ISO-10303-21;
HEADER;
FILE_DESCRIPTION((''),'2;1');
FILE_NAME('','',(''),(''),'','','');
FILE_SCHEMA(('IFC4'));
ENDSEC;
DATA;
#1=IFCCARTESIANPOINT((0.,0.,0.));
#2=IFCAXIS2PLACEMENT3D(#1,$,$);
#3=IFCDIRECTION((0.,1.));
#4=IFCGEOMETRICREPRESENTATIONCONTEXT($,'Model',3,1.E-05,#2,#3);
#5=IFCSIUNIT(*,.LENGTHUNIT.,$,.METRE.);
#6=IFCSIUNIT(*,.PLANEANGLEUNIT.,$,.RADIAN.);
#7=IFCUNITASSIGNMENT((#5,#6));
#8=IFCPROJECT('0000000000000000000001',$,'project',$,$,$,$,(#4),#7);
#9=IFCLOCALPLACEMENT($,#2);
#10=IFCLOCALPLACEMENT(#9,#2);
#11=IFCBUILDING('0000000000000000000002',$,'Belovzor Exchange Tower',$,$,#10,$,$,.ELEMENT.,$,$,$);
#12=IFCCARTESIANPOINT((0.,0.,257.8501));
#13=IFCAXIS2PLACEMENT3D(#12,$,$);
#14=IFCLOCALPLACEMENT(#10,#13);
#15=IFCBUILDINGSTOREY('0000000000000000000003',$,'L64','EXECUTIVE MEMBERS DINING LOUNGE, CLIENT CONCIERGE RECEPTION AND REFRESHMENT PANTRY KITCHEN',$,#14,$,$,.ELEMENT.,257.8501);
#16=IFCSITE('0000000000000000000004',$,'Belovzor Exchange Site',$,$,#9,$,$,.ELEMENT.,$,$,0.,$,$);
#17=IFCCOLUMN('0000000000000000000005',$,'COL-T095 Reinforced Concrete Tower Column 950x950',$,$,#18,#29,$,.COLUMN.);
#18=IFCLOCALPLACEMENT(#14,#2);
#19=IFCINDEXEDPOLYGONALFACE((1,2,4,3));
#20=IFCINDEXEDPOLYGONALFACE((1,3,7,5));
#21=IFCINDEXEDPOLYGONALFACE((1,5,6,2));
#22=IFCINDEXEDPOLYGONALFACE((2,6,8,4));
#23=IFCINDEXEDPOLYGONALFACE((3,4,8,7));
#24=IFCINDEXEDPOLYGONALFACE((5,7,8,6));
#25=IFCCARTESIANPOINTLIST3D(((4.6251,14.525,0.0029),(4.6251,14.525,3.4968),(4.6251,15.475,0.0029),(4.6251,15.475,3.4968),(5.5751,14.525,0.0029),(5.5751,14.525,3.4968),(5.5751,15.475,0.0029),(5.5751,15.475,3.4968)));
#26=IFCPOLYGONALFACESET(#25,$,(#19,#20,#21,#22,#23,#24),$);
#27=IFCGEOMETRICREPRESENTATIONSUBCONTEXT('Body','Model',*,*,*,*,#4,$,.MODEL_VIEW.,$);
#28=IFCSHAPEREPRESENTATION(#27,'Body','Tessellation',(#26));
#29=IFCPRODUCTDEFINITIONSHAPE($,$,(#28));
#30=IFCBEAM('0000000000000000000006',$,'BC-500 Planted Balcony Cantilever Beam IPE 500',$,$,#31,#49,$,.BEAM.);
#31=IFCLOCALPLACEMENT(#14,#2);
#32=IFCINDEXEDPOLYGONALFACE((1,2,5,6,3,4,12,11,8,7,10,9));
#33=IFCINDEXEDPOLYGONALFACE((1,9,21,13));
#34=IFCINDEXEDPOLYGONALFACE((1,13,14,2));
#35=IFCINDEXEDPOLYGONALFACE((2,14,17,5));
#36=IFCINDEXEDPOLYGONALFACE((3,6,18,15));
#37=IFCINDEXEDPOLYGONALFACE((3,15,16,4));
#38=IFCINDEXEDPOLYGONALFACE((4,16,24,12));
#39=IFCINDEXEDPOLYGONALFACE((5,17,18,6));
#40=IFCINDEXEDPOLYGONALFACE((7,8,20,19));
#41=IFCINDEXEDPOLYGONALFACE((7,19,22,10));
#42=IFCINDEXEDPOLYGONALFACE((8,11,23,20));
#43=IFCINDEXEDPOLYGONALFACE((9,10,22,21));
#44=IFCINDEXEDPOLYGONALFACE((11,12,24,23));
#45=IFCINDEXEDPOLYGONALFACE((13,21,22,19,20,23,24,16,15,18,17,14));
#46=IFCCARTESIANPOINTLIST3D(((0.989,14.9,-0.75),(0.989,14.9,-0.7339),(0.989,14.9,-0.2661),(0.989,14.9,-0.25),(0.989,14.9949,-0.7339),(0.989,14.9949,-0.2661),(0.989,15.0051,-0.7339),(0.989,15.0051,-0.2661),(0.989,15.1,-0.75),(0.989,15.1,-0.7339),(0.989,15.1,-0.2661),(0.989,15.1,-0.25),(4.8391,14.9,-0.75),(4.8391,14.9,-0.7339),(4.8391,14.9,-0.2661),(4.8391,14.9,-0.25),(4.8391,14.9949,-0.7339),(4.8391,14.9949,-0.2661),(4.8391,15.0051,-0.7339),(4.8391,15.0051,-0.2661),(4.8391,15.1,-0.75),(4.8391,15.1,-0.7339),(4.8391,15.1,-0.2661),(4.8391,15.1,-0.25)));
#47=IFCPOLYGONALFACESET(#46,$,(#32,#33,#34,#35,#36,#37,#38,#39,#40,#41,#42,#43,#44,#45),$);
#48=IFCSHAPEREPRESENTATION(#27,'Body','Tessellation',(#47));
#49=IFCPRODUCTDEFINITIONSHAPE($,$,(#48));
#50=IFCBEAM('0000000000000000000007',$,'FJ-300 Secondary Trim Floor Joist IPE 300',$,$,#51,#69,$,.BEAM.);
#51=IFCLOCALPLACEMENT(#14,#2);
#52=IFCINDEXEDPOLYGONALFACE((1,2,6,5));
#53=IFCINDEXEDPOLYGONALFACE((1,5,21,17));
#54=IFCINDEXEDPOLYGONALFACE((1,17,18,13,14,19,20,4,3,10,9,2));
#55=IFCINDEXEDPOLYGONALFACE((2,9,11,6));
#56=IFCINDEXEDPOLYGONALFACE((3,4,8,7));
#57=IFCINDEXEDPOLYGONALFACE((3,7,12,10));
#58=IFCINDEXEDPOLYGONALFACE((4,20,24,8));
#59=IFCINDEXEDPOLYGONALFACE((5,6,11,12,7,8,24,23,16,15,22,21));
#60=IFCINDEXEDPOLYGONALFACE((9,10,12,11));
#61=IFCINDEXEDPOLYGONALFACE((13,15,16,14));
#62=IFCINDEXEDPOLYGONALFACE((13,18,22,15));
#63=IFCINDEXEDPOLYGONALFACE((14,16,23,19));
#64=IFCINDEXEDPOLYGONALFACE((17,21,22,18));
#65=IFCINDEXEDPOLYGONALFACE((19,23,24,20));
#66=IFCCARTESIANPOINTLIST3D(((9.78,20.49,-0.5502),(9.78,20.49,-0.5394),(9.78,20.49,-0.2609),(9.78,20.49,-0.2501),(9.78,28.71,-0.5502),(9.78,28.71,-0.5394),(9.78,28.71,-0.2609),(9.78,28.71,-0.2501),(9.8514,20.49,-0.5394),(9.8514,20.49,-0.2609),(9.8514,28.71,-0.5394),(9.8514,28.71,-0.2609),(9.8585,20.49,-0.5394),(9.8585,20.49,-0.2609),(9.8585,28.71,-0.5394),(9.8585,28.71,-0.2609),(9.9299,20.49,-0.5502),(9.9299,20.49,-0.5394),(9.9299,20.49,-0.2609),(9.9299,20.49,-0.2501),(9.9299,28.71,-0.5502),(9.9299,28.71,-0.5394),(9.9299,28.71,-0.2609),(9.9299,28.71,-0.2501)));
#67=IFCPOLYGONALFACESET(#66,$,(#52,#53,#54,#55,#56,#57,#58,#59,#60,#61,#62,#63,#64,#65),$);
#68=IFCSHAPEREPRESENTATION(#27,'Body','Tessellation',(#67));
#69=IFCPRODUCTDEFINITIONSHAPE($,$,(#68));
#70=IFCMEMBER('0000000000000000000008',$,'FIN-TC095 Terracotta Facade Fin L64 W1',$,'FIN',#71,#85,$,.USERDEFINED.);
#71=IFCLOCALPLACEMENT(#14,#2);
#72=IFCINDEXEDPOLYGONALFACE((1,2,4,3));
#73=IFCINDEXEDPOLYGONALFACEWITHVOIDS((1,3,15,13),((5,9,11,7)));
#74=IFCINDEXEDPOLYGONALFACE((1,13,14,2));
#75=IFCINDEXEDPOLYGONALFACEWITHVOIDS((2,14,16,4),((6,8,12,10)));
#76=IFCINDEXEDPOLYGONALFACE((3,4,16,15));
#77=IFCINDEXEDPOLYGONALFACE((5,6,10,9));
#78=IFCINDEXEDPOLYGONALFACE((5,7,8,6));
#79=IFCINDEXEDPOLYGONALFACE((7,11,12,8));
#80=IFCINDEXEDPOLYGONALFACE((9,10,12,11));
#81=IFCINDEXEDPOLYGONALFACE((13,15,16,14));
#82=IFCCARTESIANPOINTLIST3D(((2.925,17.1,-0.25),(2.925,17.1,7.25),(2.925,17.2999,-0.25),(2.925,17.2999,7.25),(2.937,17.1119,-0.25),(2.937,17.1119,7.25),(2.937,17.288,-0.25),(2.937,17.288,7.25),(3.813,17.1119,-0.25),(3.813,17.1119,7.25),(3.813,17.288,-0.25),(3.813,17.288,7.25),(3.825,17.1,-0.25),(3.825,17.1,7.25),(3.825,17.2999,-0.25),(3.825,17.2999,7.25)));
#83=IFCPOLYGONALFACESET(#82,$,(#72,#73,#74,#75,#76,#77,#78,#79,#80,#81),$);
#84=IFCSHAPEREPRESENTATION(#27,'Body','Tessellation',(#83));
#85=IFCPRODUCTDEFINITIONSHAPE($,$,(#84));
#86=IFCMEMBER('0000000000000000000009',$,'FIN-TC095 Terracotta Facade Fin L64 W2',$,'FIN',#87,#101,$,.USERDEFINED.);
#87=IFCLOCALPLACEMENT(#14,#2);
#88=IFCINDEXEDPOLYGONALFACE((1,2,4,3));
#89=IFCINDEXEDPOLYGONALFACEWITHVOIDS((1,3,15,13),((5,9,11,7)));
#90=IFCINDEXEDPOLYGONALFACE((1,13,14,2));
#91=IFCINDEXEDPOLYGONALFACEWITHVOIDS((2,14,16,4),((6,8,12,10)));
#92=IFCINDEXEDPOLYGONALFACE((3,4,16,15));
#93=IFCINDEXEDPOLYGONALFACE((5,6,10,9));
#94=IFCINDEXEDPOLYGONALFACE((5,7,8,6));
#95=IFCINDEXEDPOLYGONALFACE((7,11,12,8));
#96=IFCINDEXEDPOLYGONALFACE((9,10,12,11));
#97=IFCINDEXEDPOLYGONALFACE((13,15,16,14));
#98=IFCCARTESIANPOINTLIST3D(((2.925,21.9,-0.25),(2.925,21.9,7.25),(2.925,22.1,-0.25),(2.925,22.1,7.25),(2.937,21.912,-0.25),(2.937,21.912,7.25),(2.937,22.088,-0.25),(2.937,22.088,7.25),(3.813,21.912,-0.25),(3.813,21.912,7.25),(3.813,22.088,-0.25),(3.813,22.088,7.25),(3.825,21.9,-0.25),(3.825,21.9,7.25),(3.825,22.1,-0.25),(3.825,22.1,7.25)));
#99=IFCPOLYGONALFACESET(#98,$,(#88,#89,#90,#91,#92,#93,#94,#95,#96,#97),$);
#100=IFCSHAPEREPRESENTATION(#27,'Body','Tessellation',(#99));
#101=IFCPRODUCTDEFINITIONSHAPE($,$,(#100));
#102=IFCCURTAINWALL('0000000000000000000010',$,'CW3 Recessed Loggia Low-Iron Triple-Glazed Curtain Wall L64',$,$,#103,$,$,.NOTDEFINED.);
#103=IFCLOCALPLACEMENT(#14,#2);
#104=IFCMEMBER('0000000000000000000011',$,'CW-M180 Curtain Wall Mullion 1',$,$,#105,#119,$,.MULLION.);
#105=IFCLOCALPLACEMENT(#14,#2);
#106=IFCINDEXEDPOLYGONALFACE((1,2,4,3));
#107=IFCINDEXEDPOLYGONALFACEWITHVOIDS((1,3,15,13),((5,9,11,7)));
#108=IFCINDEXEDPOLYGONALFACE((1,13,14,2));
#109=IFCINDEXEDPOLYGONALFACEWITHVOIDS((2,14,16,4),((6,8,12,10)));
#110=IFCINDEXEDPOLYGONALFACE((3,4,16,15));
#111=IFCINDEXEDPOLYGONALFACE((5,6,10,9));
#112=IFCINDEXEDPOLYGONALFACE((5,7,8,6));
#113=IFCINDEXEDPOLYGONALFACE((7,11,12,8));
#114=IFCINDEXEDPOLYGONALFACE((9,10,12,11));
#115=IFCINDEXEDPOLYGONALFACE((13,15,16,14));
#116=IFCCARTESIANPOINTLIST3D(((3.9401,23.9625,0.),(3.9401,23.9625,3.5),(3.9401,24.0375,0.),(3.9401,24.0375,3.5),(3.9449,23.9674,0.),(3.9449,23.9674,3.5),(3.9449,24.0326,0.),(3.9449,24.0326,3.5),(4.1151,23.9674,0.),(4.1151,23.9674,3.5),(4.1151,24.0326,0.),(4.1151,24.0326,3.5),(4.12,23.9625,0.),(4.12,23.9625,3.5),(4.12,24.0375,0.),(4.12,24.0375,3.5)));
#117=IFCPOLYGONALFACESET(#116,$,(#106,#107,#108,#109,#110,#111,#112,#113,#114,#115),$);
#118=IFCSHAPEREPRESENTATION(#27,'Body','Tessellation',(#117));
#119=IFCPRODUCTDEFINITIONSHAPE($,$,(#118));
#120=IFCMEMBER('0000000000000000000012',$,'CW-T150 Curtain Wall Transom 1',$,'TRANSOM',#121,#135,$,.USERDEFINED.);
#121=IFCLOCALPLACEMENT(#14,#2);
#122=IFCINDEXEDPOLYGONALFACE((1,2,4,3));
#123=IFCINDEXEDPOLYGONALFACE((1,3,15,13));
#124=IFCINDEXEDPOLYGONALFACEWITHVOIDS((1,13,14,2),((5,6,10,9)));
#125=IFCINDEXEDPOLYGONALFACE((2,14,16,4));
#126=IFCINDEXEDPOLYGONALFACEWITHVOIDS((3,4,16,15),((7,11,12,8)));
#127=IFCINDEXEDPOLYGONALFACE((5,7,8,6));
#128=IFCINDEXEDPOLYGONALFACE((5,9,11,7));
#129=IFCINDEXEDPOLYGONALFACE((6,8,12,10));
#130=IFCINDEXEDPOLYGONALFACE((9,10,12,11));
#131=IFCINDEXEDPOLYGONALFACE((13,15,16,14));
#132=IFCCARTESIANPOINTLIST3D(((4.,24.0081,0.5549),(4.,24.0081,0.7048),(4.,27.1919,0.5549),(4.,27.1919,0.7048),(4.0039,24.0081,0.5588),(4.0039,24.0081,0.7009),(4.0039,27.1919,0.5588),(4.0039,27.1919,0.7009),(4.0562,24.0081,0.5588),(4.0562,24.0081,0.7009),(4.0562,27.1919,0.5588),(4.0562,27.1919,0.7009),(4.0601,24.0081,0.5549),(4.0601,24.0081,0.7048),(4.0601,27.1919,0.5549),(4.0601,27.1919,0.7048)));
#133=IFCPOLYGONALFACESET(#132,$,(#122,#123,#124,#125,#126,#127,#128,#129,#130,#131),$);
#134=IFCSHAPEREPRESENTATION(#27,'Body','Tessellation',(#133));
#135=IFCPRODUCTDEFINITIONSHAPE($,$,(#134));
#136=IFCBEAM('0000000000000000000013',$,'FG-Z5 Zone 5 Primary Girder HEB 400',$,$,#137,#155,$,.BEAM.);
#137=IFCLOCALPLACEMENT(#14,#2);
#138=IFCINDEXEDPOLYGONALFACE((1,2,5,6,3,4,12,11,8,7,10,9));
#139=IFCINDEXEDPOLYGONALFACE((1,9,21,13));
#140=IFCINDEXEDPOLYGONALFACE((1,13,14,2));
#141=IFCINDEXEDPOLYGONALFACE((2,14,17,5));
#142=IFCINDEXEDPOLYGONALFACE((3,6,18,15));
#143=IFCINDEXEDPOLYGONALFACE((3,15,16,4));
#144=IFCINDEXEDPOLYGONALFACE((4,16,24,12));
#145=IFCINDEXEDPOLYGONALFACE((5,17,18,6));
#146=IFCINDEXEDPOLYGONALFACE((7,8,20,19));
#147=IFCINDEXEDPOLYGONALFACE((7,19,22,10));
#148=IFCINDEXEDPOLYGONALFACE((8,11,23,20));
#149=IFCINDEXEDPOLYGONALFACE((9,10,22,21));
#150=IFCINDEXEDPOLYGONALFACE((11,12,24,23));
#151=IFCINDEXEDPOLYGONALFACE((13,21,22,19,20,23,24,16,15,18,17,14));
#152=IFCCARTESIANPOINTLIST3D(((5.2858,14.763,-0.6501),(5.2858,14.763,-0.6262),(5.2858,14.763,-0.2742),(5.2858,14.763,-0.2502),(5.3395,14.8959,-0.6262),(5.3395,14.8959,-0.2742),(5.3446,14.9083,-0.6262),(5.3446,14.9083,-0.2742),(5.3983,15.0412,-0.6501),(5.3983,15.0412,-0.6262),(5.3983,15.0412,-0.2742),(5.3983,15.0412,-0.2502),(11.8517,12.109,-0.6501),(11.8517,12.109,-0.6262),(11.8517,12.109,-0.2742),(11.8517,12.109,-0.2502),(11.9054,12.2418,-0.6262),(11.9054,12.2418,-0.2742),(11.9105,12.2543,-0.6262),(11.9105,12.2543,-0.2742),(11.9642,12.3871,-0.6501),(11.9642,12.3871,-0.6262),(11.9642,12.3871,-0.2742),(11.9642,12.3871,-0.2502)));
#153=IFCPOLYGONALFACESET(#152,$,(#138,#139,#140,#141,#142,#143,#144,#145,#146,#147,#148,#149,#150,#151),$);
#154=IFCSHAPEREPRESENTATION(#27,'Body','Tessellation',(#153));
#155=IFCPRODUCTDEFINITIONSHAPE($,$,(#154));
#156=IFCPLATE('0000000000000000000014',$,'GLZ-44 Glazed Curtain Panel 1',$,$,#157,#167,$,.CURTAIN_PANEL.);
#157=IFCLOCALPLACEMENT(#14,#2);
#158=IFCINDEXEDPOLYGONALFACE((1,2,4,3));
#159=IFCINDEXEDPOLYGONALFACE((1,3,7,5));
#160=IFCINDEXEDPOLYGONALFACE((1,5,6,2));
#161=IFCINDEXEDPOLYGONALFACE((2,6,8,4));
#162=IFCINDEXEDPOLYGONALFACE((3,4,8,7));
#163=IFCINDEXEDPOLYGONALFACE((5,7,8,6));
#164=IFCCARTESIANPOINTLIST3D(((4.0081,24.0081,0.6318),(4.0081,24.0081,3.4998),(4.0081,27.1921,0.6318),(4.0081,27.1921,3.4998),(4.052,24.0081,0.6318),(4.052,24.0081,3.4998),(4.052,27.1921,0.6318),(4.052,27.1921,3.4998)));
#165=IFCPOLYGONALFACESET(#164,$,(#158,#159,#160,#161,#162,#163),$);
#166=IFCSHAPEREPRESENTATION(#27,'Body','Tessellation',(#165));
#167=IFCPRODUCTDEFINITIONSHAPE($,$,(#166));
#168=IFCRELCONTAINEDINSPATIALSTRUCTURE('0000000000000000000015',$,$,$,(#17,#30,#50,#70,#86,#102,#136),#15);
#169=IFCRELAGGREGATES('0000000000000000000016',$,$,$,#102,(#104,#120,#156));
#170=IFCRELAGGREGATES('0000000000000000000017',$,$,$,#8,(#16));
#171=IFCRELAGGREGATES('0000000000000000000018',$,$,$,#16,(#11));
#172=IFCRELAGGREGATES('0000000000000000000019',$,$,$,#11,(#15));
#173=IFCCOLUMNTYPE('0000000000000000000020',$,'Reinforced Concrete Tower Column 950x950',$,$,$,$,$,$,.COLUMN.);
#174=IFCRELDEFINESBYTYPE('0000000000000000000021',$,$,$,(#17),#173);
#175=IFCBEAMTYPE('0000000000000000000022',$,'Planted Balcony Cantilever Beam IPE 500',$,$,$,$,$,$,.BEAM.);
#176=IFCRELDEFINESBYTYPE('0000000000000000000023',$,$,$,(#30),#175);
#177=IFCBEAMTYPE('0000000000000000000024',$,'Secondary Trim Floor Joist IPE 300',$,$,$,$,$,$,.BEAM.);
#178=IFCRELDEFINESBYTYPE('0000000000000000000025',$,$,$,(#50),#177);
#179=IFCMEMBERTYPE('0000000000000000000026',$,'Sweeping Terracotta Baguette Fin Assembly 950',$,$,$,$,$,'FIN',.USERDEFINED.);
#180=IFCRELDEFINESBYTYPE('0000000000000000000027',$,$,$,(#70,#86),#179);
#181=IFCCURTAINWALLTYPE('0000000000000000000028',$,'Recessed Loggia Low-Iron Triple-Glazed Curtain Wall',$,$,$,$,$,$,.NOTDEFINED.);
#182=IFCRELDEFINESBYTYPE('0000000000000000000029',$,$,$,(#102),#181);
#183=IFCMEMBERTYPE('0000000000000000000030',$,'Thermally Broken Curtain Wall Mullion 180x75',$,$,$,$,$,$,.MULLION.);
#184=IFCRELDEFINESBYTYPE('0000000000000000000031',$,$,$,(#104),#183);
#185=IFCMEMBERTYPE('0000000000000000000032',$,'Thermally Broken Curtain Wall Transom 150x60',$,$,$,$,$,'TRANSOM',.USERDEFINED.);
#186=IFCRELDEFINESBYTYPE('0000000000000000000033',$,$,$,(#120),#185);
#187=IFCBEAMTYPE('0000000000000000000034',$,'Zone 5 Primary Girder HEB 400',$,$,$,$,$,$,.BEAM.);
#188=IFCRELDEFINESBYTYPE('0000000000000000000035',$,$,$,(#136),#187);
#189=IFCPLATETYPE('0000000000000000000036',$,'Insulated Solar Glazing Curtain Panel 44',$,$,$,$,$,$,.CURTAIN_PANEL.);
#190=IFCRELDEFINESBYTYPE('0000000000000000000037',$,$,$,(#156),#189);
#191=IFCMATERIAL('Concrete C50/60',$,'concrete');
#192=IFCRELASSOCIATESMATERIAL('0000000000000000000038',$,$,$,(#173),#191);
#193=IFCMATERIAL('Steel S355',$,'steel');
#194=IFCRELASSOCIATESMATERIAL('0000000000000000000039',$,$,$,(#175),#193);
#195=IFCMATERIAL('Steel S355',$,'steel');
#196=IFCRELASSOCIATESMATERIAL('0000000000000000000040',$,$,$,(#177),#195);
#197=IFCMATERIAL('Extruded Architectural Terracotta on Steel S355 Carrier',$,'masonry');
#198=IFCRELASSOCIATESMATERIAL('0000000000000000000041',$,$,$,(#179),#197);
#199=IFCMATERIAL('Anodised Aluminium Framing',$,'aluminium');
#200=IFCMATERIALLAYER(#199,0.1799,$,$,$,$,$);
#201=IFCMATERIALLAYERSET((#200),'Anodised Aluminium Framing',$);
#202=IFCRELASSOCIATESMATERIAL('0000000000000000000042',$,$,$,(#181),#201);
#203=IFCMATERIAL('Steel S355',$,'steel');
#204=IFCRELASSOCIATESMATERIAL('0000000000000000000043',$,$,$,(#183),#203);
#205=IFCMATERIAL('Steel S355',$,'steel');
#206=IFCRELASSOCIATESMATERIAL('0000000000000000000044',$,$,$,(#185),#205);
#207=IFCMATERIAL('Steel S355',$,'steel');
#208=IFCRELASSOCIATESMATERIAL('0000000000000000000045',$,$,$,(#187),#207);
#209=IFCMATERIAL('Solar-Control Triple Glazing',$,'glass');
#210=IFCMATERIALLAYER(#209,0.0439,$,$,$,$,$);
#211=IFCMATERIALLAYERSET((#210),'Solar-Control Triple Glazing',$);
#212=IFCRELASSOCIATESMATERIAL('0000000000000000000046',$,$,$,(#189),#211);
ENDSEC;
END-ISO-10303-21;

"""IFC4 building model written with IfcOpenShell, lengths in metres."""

from ifc_helpers import new_model, si_unit, direction, frame, origin, origin_2d, place, context, subcontext, project, spatial, rectangle, hollow_rectangle, i_section, extrude, material, layer, layer_set, material_profile, profile_set, type_object, element, aggregate, save


model = new_model("IFC4")

# Units and contexts
model_context = context("Model", 3, precision=1e-05, world=origin(), true_north=direction((0.0, 1.0)))
body_context = subcontext(model_context, "Body", "Model", "MODEL_VIEW")
ifc_project = project(units=[si_unit("LENGTHUNIT", "METRE"), si_unit("PLANEANGLEUNIT", "RADIAN")], contexts=[model_context])

# Site, building, storey
site_placement = place(None, origin())
site = spatial("IfcSite", under=ifc_project, at=site_placement, Name="Belovzor Exchange Site", CompositionType="ELEMENT", RefElevation=0.0)
building_placement = place(site_placement, origin())
building = spatial("IfcBuilding", under=site, at=building_placement, Name="Belovzor Exchange Tower", CompositionType="ELEMENT")
storey_placement = place(building_placement, frame((0.0, 0.0, 257.8501)))
storey = spatial("IfcBuildingStorey", under=building, at=storey_placement, Name="L64", Description="EXECUTIVE MEMBERS DINING LOUNGE, CLIENT CONCIERGE RECEPTION AND REFRESHMENT PANTRY KITCHEN", CompositionType="ELEMENT", Elevation=257.8501)

# Column
ifc_material_1 = material(Name="Concrete C50/60", Category="concrete")
ifc_material_profile_1 = material_profile(ifc_material_1, rectangle(XDim=0.95, YDim=0.95, at=origin_2d()))
ifc_profile_set_1 = profile_set([ifc_material_profile_1], Name="Concrete C50/60")
column_type = type_object("IfcColumnType", Name="Reinforced Concrete Tower Column 950x950", PredefinedType="COLUMN", material=ifc_profile_set_1)
column_placement = place(storey_placement, frame((5.1001, 15.0, 0.0029), z_axis=(0.0, 0.0, 1.0), x_axis=(1.0, 0.0, 0.0)))
element("IfcColumn", 1, at=column_placement, inside=storey, type_object=column_type, Name="COL-T095 Reinforced Concrete Tower Column 950x950", PredefinedType="COLUMN", context=body_context, shape_type="SweptSolid", body=[
    extrude(rectangle(XDim=0.95, YDim=0.95, at=origin_2d()), origin(), (0.0, 0.0, 1.0), 3.4939),
])

# Beams
ifc_material_2 = material(Name="Steel S355", Category="steel")
ifc_material_profile_2 = material_profile(ifc_material_2, i_section(OverallWidth=0.2, OverallDepth=0.5, WebThickness=0.0103, FlangeThickness=0.0161, at=origin_2d()))
ifc_profile_set_2 = profile_set([ifc_material_profile_2], Name="Steel S355")
beam_type_1 = type_object("IfcBeamType", Name="Planted Balcony Cantilever Beam IPE 500", PredefinedType="BEAM", material=ifc_profile_set_2)
beam_1_placement = place(storey_placement, frame((4.8391, 15.0, -0.5), z_axis=(-1.0, 0.0, 0.0), x_axis=(0.0, -1.0, 0.0)))
element("IfcBeam", 2, at=beam_1_placement, inside=storey, type_object=beam_type_1, Name="BC-500 Planted Balcony Cantilever Beam IPE 500", PredefinedType="BEAM", context=body_context, shape_type="SweptSolid", body=[
    extrude(i_section(OverallWidth=0.2, OverallDepth=0.5, WebThickness=0.0103, FlangeThickness=0.0161, at=origin_2d()), origin(), (0.0, 0.0, 1.0), 3.8501),
])
ifc_material_3 = material(Name="Steel S355", Category="steel")
ifc_material_profile_3 = material_profile(ifc_material_3, i_section(OverallWidth=0.1499, OverallDepth=0.3, WebThickness=0.0071, FlangeThickness=0.0107, at=origin_2d()))
ifc_profile_set_3 = profile_set([ifc_material_profile_3], Name="Steel S355")
beam_type_2 = type_object("IfcBeamType", Name="Secondary Trim Floor Joist IPE 300", PredefinedType="BEAM", material=ifc_profile_set_3)
beam_2_placement = place(storey_placement, frame((9.855, 20.49, -0.4001), z_axis=(0.0, 1.0, 0.0), x_axis=(-1.0, 0.0, 0.0)))
element("IfcBeam", 3, at=beam_2_placement, inside=storey, type_object=beam_type_2, Name="FJ-300 Secondary Trim Floor Joist IPE 300", PredefinedType="BEAM", context=body_context, shape_type="SweptSolid", body=[
    extrude(i_section(OverallWidth=0.1499, OverallDepth=0.3, WebThickness=0.0071, FlangeThickness=0.0107, at=origin_2d()), origin(), (0.0, 0.0, 1.0), 8.22),
])

# Members
ifc_material_4 = material(Name="Extruded Architectural Terracotta on Steel S355 Carrier", Category="masonry")
ifc_material_profile_4 = material_profile(ifc_material_4, hollow_rectangle(XDim=0.2, YDim=0.8999, WallThickness=0.012, at=origin_2d()))
ifc_profile_set_4 = profile_set([ifc_material_profile_4], Name="Extruded Architectural Terracotta on Steel S355 Carrier")
member_type_1 = type_object("IfcMemberType", Name="Sweeping Terracotta Baguette Fin Assembly 950", ElementType="FIN", PredefinedType="USERDEFINED", material=ifc_profile_set_4)
for number, where, z_axis, x_axis, name in (
    (4, (3.375, 17.2, -0.25), (0.0, 0.0, 1.0), (0.0, 1.0, 0.0), "FIN-TC095 Terracotta Facade Fin L64 W1"),
    (5, (3.375, 22.0, -0.25), (0.0, 0.0, 1.0), (0.0, 1.0, 0.0), "FIN-TC095 Terracotta Facade Fin L64 W2"),
):
    element("IfcMember", number, at=place(storey_placement, frame(where, z_axis=z_axis, x_axis=x_axis)), inside=storey, type_object=member_type_1, Name=name, ObjectType="FIN", PredefinedType="USERDEFINED", context=body_context, shape_type="SweptSolid", body=[
        extrude(hollow_rectangle(XDim=0.2, YDim=0.8999, WallThickness=0.012, at=origin_2d()), origin(), (0.0, 0.0, 1.0), 7.5),
    ])

# Curtain wall, members
ifc_material_5 = material(Name="Anodised Aluminium Framing", Category="aluminium")
ifc_layer_1 = layer(ifc_material_5, 0.1799)
ifc_layer_set_1 = layer_set([ifc_layer_1], Name="Anodised Aluminium Framing")
curtain_wall_type = type_object("IfcCurtainWallType", Name="Recessed Loggia Low-Iron Triple-Glazed Curtain Wall", PredefinedType="NOTDEFINED", material=ifc_layer_set_1)
curtain_wall_placement = place(storey_placement, origin())
curtain_wall = element("IfcCurtainWall", 6, at=curtain_wall_placement, inside=storey, type_object=curtain_wall_type, Name="CW3 Recessed Loggia Low-Iron Triple-Glazed Curtain Wall L64", PredefinedType="NOTDEFINED")
ifc_material_6 = material(Name="Steel S355", Category="steel")
ifc_material_profile_5 = material_profile(ifc_material_6, hollow_rectangle(XDim=0.075, YDim=0.1799, WallThickness=0.0049, at=origin_2d()))
ifc_profile_set_5 = profile_set([ifc_material_profile_5], Name="Steel S355")
member_type_2 = type_object("IfcMemberType", Name="Thermally Broken Curtain Wall Mullion 180x75", PredefinedType="MULLION", material=ifc_profile_set_5)
member_1_placement = place(storey_placement, frame((4.03, 24.0, 0.0), z_axis=(0.0, 0.0, 1.0), x_axis=(0.0, 1.0, 0.0)))
member_1 = element("IfcMember", 7, at=member_1_placement, type_object=member_type_2, Name="CW-M180 Curtain Wall Mullion 1", PredefinedType="MULLION", context=body_context, shape_type="SweptSolid", body=[
    extrude(hollow_rectangle(XDim=0.075, YDim=0.1799, WallThickness=0.0049, at=origin_2d()), origin(), (0.0, 0.0, 1.0), 3.5),
])
ifc_material_7 = material(Name="Steel S355", Category="steel")
ifc_material_profile_6 = material_profile(ifc_material_7, hollow_rectangle(XDim=0.0601, YDim=0.1499, WallThickness=0.0039, at=origin_2d()))
ifc_profile_set_6 = profile_set([ifc_material_profile_6], Name="Steel S355")
member_type_3 = type_object("IfcMemberType", Name="Thermally Broken Curtain Wall Transom 150x60", ElementType="TRANSOM", PredefinedType="USERDEFINED", material=ifc_profile_set_6)
member_2_placement = place(storey_placement, frame((4.03, 24.0081, 0.6299), z_axis=(0.0, 1.0, 0.0), x_axis=(-1.0, 0.0, 0.0)))
member_2 = element("IfcMember", 8, at=member_2_placement, type_object=member_type_3, Name="CW-T150 Curtain Wall Transom 1", ObjectType="TRANSOM", PredefinedType="USERDEFINED", context=body_context, shape_type="SweptSolid", body=[
    extrude(hollow_rectangle(XDim=0.0601, YDim=0.1499, WallThickness=0.0039, at=origin_2d()), origin(), (0.0, 0.0, 1.0), 3.1838),
])

# Beam
ifc_material_8 = material(Name="Steel S355", Category="steel")
ifc_material_profile_7 = material_profile(ifc_material_8, i_section(OverallWidth=0.3, OverallDepth=0.3999, WebThickness=0.0134, FlangeThickness=0.0239, at=origin_2d()))
ifc_profile_set_7 = profile_set([ifc_material_profile_7], Name="Steel S355")
beam_type_3 = type_object("IfcBeamType", Name="Zone 5 Primary Girder HEB 400", PredefinedType="BEAM", material=ifc_profile_set_7)
beam_3_placement = place(storey_placement, frame((5.342, 14.9021, -0.4502), z_axis=(0.927123, -0.374758, 0.0), x_axis=(0.374758, 0.927123, 0.0)))
element("IfcBeam", 9, at=beam_3_placement, inside=storey, type_object=beam_type_3, Name="FG-Z5 Zone 5 Primary Girder HEB 400", PredefinedType="BEAM", context=body_context, shape_type="SweptSolid", body=[
    extrude(i_section(OverallWidth=0.3, OverallDepth=0.3999, WebThickness=0.0134, FlangeThickness=0.0239, at=origin_2d()), origin(), (0.0, 0.0, 1.0), 7.082),
])

# Plate
ifc_material_9 = material(Name="Solar-Control Triple Glazing", Category="glass")
ifc_layer_2 = layer(ifc_material_9, 0.0439)
ifc_layer_set_2 = layer_set([ifc_layer_2], Name="Solar-Control Triple Glazing")
plate_type_1 = type_object("IfcPlateType", Name="Insulated Solar Glazing Curtain Panel 44", PredefinedType="CURTAIN_PANEL", material=ifc_layer_set_2)
plate_1_placement = place(storey_placement, frame((4.03, 25.6001, 0.6318), z_axis=(0.0, 0.0, 1.0), x_axis=(0.0, 1.0, 0.0)))
plate_1 = element("IfcPlate", 10, at=plate_1_placement, type_object=plate_type_1, Name="GLZ-44 Glazed Curtain Panel 1", PredefinedType="CURTAIN_PANEL", context=body_context, shape_type="SweptSolid", body=[
    extrude(rectangle(XDim=3.1841, YDim=0.0439, at=origin_2d()), origin(), (0.0, 0.0, 1.0), 2.8679),
])
aggregate(curtain_wall, [member_1, member_2, plate_1])

save(model, "model.ifc")
